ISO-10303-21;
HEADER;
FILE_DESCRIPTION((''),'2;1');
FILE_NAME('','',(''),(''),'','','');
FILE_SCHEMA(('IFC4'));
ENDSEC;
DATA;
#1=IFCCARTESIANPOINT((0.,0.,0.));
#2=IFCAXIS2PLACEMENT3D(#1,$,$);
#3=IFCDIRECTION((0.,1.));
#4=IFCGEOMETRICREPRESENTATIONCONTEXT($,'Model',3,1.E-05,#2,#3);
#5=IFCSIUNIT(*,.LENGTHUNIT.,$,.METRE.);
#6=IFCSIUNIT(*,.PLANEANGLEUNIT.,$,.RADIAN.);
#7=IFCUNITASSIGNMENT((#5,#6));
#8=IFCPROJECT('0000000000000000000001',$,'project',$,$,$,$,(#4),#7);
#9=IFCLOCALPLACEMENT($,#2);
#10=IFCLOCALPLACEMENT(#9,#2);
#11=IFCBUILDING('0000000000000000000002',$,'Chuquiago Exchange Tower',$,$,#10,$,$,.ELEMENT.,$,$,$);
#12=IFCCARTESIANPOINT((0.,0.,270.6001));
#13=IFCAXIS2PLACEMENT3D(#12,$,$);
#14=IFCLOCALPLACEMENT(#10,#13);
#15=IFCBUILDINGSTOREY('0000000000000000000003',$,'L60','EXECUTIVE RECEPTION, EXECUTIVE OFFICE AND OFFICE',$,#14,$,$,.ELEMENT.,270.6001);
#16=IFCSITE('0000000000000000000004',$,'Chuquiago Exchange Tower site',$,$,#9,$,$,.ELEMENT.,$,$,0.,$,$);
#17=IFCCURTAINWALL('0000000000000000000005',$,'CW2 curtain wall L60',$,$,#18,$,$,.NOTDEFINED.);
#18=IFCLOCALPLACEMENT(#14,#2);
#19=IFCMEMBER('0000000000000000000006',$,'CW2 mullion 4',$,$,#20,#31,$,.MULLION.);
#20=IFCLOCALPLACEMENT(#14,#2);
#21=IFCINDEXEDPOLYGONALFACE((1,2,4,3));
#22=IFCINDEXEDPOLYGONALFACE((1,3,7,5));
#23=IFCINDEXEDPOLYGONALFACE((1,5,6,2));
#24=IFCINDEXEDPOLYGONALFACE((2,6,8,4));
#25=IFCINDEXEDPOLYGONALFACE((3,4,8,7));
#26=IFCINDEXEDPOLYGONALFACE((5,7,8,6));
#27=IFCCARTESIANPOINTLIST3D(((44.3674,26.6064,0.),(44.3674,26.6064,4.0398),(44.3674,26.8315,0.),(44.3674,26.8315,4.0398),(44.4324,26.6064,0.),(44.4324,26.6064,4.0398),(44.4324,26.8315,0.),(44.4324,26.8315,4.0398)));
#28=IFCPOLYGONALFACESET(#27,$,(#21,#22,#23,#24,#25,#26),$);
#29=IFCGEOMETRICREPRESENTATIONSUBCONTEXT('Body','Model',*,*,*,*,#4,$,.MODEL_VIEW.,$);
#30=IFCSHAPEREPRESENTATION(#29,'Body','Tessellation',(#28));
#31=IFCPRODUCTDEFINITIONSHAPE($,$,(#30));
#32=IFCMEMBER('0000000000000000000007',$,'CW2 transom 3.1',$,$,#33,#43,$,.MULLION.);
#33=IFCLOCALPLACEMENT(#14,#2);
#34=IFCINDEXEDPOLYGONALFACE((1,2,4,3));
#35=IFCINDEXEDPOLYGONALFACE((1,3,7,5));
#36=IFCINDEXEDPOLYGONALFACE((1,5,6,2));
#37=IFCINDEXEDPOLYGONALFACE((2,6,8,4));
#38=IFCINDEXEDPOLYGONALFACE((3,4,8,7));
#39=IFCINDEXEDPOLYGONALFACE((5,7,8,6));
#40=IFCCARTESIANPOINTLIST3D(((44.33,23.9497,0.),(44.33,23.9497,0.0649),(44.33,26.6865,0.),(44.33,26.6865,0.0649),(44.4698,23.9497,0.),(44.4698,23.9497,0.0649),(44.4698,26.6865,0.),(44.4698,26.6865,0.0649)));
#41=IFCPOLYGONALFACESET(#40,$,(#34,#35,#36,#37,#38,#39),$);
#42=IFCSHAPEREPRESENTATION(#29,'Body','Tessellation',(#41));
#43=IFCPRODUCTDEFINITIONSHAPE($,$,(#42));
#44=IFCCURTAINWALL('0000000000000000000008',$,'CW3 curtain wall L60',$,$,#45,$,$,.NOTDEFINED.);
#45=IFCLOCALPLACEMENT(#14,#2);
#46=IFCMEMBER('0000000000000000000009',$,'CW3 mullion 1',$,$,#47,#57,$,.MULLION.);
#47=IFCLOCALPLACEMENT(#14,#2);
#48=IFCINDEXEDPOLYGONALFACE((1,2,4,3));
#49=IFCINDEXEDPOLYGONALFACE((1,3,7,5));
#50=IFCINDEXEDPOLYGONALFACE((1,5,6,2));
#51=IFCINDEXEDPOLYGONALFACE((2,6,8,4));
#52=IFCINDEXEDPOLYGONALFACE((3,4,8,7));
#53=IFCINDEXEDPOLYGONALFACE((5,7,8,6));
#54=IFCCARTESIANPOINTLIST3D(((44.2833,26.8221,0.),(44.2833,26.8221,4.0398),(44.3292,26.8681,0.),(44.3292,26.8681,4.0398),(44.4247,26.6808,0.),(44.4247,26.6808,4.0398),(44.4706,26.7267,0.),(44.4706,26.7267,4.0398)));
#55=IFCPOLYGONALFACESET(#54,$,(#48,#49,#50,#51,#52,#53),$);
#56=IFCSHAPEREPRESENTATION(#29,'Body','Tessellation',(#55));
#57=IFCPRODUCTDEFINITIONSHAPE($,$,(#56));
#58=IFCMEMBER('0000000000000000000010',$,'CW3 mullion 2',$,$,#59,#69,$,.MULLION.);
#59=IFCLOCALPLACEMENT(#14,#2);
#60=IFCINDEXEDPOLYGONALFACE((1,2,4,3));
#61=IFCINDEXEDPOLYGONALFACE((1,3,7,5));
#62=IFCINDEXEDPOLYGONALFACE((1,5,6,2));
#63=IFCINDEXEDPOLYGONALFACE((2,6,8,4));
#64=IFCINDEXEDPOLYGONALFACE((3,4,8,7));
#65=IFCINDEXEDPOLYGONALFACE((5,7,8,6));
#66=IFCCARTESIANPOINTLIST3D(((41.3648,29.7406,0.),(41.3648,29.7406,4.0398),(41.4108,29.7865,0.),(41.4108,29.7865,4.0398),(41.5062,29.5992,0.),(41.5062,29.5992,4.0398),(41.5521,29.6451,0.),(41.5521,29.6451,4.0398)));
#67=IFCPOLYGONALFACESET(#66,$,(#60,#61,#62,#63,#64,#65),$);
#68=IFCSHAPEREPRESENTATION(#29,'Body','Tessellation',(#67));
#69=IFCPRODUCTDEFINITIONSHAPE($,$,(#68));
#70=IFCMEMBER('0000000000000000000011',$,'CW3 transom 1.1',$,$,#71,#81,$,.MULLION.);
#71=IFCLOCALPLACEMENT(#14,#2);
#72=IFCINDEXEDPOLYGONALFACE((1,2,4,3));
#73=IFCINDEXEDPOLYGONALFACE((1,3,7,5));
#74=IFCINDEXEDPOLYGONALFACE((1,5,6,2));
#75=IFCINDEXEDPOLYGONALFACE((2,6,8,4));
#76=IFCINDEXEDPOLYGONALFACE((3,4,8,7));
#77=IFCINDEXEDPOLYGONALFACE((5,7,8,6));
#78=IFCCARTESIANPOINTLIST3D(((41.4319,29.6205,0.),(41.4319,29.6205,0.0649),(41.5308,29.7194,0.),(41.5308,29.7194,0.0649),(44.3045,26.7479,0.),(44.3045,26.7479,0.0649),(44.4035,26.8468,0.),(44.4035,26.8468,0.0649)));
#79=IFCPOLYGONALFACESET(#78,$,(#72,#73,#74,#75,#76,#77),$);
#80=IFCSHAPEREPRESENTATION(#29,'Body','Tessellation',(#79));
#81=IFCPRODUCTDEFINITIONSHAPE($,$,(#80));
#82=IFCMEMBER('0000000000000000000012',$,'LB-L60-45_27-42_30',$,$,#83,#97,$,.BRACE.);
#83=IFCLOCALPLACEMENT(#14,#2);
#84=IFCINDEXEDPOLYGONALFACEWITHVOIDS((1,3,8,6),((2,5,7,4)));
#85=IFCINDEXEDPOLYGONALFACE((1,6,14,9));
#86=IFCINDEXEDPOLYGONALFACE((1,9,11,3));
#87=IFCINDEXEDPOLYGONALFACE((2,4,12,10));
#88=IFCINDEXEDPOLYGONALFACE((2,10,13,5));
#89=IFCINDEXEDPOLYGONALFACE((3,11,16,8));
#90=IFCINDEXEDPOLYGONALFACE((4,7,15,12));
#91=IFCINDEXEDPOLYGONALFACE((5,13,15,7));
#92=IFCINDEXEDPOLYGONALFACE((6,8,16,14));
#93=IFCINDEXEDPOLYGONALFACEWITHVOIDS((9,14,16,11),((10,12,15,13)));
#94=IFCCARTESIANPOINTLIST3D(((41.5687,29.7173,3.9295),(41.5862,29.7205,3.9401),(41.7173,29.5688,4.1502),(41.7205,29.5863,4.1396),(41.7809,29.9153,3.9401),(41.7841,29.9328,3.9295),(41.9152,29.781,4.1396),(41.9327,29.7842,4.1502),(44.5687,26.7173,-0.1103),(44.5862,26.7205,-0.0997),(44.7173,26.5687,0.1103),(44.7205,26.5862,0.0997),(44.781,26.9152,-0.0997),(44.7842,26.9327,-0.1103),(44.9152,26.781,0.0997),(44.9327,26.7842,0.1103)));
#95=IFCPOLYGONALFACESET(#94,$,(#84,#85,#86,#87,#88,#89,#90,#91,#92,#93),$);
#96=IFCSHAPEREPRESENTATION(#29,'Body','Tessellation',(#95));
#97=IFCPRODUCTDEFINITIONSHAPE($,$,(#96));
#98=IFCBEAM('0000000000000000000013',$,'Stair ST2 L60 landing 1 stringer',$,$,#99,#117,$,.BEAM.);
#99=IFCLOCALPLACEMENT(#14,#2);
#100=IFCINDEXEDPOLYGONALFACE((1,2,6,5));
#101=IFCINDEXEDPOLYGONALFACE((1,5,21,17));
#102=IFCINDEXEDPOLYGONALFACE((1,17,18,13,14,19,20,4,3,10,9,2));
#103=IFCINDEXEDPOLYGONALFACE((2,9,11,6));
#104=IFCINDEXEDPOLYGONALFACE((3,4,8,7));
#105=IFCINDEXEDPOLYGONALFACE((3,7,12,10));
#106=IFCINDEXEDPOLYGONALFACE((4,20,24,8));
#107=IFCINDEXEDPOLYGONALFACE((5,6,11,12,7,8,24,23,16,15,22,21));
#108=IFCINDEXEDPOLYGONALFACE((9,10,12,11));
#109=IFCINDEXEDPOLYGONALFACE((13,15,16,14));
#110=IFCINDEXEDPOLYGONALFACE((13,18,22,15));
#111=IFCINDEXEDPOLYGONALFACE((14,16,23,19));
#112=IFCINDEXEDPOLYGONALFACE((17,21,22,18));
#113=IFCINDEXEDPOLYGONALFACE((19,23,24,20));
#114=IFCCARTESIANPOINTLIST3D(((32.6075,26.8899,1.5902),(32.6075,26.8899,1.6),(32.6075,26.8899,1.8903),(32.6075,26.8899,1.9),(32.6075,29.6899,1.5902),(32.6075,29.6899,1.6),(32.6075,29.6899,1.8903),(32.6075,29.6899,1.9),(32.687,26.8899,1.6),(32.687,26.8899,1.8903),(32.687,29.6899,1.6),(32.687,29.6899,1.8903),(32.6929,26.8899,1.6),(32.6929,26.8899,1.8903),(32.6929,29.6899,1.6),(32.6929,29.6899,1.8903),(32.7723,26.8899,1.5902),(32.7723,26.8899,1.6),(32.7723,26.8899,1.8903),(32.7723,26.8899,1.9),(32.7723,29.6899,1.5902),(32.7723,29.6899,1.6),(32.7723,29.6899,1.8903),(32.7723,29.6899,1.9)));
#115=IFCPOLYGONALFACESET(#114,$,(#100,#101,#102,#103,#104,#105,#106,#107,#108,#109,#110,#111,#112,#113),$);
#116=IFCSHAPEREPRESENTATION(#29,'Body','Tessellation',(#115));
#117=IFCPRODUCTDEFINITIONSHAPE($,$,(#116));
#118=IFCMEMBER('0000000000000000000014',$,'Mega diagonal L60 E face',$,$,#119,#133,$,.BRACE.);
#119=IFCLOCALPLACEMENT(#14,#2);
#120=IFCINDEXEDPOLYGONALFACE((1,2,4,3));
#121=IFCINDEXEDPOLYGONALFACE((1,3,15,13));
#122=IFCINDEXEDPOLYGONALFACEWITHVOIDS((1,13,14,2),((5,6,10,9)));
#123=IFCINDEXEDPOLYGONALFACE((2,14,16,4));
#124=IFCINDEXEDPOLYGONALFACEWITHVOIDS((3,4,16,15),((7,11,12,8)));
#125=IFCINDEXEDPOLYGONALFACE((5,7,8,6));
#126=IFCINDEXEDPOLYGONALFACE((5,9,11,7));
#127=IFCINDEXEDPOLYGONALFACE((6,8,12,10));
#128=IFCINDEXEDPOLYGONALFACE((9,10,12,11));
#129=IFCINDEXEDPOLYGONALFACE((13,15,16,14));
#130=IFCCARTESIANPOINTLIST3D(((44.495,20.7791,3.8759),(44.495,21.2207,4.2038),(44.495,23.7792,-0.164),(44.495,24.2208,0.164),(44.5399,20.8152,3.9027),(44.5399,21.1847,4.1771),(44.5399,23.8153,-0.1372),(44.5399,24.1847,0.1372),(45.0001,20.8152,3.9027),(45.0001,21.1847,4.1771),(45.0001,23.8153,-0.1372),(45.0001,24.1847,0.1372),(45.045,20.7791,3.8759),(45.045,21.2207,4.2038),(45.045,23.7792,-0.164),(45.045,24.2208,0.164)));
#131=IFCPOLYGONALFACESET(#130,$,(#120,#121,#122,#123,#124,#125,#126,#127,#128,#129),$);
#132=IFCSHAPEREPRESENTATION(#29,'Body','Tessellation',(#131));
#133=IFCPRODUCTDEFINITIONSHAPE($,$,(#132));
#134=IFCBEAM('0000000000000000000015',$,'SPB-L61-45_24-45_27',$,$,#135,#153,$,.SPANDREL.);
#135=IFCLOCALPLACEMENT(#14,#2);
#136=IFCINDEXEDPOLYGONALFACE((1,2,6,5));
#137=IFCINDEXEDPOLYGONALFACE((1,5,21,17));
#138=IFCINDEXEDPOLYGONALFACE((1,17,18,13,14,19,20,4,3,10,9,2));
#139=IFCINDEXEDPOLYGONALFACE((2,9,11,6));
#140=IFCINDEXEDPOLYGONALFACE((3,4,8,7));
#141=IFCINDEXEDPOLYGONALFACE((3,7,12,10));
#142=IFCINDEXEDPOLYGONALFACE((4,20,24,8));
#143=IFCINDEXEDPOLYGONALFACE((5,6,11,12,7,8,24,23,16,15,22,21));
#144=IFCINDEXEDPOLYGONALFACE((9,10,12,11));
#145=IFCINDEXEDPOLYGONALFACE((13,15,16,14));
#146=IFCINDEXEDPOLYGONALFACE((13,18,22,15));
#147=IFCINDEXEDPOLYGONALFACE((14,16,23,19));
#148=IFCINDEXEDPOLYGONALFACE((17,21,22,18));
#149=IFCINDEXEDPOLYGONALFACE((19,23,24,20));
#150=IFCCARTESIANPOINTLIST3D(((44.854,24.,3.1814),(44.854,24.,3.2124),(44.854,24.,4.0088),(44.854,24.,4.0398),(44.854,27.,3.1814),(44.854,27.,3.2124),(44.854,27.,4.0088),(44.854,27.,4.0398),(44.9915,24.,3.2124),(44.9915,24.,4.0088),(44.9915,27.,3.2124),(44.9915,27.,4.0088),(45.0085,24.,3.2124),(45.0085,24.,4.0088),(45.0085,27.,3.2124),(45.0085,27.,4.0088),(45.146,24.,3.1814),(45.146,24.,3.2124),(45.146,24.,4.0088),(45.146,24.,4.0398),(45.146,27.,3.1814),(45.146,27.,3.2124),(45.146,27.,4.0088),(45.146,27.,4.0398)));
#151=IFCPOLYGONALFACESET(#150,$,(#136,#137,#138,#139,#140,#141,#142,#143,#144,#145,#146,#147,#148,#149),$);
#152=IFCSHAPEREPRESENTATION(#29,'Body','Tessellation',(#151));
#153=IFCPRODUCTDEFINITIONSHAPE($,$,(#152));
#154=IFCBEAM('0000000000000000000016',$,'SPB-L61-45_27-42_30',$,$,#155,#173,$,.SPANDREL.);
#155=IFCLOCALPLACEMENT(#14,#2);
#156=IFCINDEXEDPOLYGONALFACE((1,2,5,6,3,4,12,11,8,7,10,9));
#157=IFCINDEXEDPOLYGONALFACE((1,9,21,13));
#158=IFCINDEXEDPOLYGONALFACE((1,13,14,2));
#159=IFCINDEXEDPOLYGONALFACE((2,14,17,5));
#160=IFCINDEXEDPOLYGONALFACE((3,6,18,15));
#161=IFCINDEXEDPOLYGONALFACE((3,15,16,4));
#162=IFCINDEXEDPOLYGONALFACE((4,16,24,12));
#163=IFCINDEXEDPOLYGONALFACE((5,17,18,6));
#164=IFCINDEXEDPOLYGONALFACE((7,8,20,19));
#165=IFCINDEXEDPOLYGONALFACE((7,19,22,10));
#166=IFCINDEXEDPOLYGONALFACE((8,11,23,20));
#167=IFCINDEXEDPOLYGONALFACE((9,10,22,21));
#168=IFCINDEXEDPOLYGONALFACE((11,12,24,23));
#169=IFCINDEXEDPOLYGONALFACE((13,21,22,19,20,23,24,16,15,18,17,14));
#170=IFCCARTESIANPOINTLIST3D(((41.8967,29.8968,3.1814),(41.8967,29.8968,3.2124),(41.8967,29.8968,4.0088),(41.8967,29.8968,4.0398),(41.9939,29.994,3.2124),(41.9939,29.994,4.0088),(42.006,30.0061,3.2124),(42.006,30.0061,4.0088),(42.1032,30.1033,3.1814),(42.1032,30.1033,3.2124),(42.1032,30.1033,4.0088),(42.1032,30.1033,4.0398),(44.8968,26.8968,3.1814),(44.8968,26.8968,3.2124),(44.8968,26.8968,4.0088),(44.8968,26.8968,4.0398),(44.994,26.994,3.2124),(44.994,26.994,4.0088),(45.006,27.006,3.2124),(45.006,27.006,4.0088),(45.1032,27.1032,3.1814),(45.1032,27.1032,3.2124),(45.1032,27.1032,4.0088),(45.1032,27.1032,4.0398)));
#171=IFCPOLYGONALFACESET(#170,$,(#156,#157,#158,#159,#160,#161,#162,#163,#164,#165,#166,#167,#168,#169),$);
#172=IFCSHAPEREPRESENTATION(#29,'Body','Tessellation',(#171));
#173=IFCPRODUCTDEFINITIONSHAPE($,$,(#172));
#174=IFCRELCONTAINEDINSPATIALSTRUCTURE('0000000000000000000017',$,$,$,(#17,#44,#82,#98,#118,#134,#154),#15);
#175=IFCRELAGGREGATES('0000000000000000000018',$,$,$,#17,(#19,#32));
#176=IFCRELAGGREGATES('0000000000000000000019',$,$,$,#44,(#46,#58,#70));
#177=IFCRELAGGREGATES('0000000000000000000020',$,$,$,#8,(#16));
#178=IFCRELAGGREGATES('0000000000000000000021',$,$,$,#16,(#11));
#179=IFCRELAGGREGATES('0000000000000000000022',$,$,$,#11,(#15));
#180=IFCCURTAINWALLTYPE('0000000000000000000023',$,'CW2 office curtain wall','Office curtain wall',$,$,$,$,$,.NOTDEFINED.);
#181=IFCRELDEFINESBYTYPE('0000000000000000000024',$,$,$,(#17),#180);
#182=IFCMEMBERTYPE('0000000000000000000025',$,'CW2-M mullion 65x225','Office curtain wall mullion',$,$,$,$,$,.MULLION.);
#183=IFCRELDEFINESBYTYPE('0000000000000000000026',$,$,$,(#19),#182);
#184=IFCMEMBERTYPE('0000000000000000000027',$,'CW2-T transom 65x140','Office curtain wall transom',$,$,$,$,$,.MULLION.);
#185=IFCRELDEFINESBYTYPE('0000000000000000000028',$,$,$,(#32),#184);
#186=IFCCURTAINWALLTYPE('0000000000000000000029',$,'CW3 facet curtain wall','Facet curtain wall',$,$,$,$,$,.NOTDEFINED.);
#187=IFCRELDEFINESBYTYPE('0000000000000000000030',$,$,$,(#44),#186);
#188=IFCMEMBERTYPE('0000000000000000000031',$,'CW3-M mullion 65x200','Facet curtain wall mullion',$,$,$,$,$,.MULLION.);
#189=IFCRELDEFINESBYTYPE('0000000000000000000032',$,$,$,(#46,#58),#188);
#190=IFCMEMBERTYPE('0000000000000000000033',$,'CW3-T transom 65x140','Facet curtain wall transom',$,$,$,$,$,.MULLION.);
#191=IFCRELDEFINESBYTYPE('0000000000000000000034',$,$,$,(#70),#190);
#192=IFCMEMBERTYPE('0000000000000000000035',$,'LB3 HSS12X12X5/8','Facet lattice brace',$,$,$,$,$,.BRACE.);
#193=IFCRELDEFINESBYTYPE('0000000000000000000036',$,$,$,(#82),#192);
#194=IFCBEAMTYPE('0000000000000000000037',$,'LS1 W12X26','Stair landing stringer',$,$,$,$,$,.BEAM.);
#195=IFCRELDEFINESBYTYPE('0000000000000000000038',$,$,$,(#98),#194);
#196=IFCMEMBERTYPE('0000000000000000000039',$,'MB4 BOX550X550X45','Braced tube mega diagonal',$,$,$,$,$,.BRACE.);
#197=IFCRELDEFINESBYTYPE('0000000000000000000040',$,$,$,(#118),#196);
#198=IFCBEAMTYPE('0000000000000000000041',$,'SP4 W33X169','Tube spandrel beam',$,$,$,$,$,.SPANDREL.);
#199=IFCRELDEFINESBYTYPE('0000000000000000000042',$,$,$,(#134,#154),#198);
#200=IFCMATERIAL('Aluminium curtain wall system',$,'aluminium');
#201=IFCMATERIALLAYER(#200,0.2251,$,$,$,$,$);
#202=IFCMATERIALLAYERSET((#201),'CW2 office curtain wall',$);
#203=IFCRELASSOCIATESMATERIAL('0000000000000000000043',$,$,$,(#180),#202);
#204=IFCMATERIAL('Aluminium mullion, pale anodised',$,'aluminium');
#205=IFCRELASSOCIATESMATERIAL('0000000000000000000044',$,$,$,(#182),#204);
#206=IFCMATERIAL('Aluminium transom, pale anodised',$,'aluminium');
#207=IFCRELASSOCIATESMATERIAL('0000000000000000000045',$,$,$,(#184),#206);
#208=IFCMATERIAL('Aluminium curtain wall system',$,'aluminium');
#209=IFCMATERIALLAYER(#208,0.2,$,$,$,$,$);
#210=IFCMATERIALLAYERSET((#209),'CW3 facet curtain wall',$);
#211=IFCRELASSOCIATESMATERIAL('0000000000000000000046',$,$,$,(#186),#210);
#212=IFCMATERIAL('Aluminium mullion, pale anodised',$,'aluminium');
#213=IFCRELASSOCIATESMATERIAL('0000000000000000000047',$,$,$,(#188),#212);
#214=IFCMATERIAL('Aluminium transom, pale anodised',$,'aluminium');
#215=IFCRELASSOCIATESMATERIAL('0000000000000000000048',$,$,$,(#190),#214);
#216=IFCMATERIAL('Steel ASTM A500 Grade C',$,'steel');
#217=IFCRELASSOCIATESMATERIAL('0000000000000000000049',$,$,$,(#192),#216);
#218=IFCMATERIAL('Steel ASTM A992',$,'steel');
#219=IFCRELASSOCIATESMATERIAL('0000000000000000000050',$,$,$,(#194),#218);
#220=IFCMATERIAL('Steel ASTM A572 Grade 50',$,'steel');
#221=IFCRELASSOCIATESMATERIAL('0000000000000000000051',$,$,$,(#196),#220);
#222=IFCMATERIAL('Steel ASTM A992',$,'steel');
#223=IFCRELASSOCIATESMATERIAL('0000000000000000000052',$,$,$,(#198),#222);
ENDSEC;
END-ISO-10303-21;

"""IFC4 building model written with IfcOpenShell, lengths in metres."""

from ifc_helpers import new_model, si_unit, direction, frame, origin, origin_2d, place, context, subcontext, project, spatial, rectangle, hollow_rectangle, i_section, extrude, material, layer, layer_set, material_profile, profile_set, type_object, element, aggregate, save


model = new_model("IFC4")

# Units and contexts
model_context = context("Model", 3, precision=1e-05, world=origin(), true_north=direction((0.0, 1.0)))
body_context = subcontext(model_context, "Body", "Model", "MODEL_VIEW")
ifc_project = project(units=[si_unit("LENGTHUNIT", "METRE"), si_unit("PLANEANGLEUNIT", "RADIAN")], contexts=[model_context])

# Site, building, storey
site_placement = place(None, origin())
site = spatial("IfcSite", under=ifc_project, at=site_placement, Name="Chuquiago Exchange Tower site", CompositionType="ELEMENT", RefElevation=0.0)
building_placement = place(site_placement, origin())
building = spatial("IfcBuilding", under=site, at=building_placement, Name="Chuquiago Exchange Tower", CompositionType="ELEMENT")
storey_placement = place(building_placement, frame((0.0, 0.0, 270.6001)))
storey = spatial("IfcBuildingStorey", under=building, at=storey_placement, Name="L60", Description="EXECUTIVE RECEPTION, EXECUTIVE OFFICE AND OFFICE", CompositionType="ELEMENT", Elevation=270.6001)

# Curtain walls, members
ifc_material_1 = material(Name="Aluminium curtain wall system", Category="aluminium")
ifc_layer_1 = layer(ifc_material_1, 0.2251)
ifc_layer_set_1 = layer_set([ifc_layer_1], Name="CW2 office curtain wall")
curtain_wall_type_1 = type_object("IfcCurtainWallType", Name="CW2 office curtain wall", Description="Office curtain wall", PredefinedType="NOTDEFINED", material=ifc_layer_set_1)
curtain_wall_1_placement = place(storey_placement, origin())
curtain_wall_1 = element("IfcCurtainWall", 1, at=curtain_wall_1_placement, inside=storey, type_object=curtain_wall_type_1, Name="CW2 curtain wall L60", PredefinedType="NOTDEFINED")
ifc_material_2 = material(Name="Aluminium mullion, pale anodised", Category="aluminium")
ifc_material_profile_1 = material_profile(ifc_material_2, rectangle(XDim=0.0649, YDim=0.2251, at=origin_2d()), Name="AL 65x225")
ifc_profile_set_1 = profile_set([ifc_material_profile_1], Name="Aluminium mullion, pale anodised")
member_type_1 = type_object("IfcMemberType", Name="CW2-M mullion 65x225", Description="Office curtain wall mullion", PredefinedType="MULLION", material=ifc_profile_set_1)
member_1_placement = place(storey_placement, frame((44.3999, 26.719, 0.0), z_axis=(0.0, 0.0, 1.0), x_axis=(-1.0, 0.0, 0.0)))
member_1 = element("IfcMember", 2, at=member_1_placement, type_object=member_type_1, Name="CW2 mullion 4", PredefinedType="MULLION", context=body_context, shape_type="SweptSolid", body=[
    extrude(rectangle(XDim=0.0649, YDim=0.2251, at=origin_2d()), origin(), (0.0, 0.0, 1.0), 4.0398),
])
ifc_material_3 = material(Name="Aluminium transom, pale anodised", Category="aluminium")
ifc_material_profile_2 = material_profile(ifc_material_3, rectangle(XDim=0.1399, YDim=0.0649, at=origin_2d()), Name="AL 140x65")
ifc_profile_set_2 = profile_set([ifc_material_profile_2], Name="Aluminium transom, pale anodised")
member_type_2 = type_object("IfcMemberType", Name="CW2-T transom 65x140", Description="Office curtain wall transom", PredefinedType="MULLION", material=ifc_profile_set_2)
member_2_placement = place(storey_placement, frame((44.3999, 23.9497, 0.0325), z_axis=(0.0, 1.0, 0.0), x_axis=(-1.0, 0.0, 0.0)))
member_2 = element("IfcMember", 3, at=member_2_placement, type_object=member_type_2, Name="CW2 transom 3.1", PredefinedType="MULLION", context=body_context, shape_type="SweptSolid", body=[
    extrude(rectangle(XDim=0.1399, YDim=0.0649, at=origin_2d()), origin(), (0.0, 0.0, 1.0), 2.7368),
])
ifc_material_4 = material(Name="Aluminium curtain wall system", Category="aluminium")
ifc_layer_2 = layer(ifc_material_4, 0.2)
ifc_layer_set_2 = layer_set([ifc_layer_2], Name="CW3 facet curtain wall")
curtain_wall_type_2 = type_object("IfcCurtainWallType", Name="CW3 facet curtain wall", Description="Facet curtain wall", PredefinedType="NOTDEFINED", material=ifc_layer_set_2)
curtain_wall_2_placement = place(storey_placement, origin())
curtain_wall_2 = element("IfcCurtainWall", 4, at=curtain_wall_2_placement, inside=storey, type_object=curtain_wall_type_2, Name="CW3 curtain wall L60", PredefinedType="NOTDEFINED")
ifc_material_5 = material(Name="Aluminium mullion, pale anodised", Category="aluminium")
ifc_material_profile_3 = material_profile(ifc_material_5, rectangle(XDim=0.0649, YDim=0.2, at=origin_2d()), Name="AL 65x200")
ifc_profile_set_3 = profile_set([ifc_material_profile_3], Name="Aluminium mullion, pale anodised")
member_type_3 = type_object("IfcMemberType", Name="CW3-M mullion 65x200", Description="Facet curtain wall mullion", PredefinedType="MULLION", material=ifc_profile_set_3)
member_3_placement = place(storey_placement, frame((44.377, 26.7744, 0.0), z_axis=(0.0, 0.0, 1.0), x_axis=(-0.707107, -0.707107, 0.0)))
member_3 = element("IfcMember", 5, at=member_3_placement, type_object=member_type_3, Name="CW3 mullion 1", PredefinedType="MULLION", context=body_context, shape_type="SweptSolid", body=[
    extrude(rectangle(XDim=0.0649, YDim=0.2, at=origin_2d()), origin(), (0.0, 0.0, 1.0), 4.0398),
])
member_4_placement = place(storey_placement, frame((41.4585, 29.6929, 0.0), z_axis=(0.0, 0.0, 1.0), x_axis=(-0.707107, -0.707107, 0.0)))
member_4 = element("IfcMember", 6, at=member_4_placement, type_object=member_type_3, Name="CW3 mullion 2", PredefinedType="MULLION", context=body_context, shape_type="SweptSolid", body=[
    extrude(rectangle(XDim=0.0649, YDim=0.2, at=origin_2d()), origin(), (0.0, 0.0, 1.0), 4.0398),
])
ifc_material_6 = material(Name="Aluminium transom, pale anodised", Category="aluminium")
ifc_material_profile_4 = material_profile(ifc_material_6, rectangle(XDim=0.1399, YDim=0.0649, at=origin_2d()), Name="AL 140x65")
ifc_profile_set_4 = profile_set([ifc_material_profile_4], Name="Aluminium transom, pale anodised")
member_type_4 = type_object("IfcMemberType", Name="CW3-T transom 65x140", Description="Facet curtain wall transom", PredefinedType="MULLION", material=ifc_profile_set_4)
member_5_placement = place(storey_placement, frame((44.354, 26.7974, 0.0325), z_axis=(-0.707107, 0.707107, 0.0), x_axis=(-0.707107, -0.707107, 0.0)))
member_5 = element("IfcMember", 7, at=member_5_placement, type_object=member_type_4, Name="CW3 transom 1.1", PredefinedType="MULLION", context=body_context, shape_type="SweptSolid", body=[
    extrude(rectangle(XDim=0.1399, YDim=0.0649, at=origin_2d()), origin(), (0.0, 0.0, 1.0), 4.0625),
])

# Member
ifc_material_7 = material(Name="Steel ASTM A500 Grade C", Category="steel")
ifc_material_profile_5 = material_profile(ifc_material_7, hollow_rectangle(XDim=0.3047, YDim=0.3047, WallThickness=0.0146, at=origin_2d()), Name="HSS12X12X5/8")
ifc_profile_set_5 = profile_set([ifc_material_profile_5], Name="Steel ASTM A500 Grade C")
member_type_5 = type_object("IfcMemberType", Name="LB3 HSS12X12X5/8", Description="Facet lattice brace", PredefinedType="BRACE", material=ifc_profile_set_5)
member_6_placement = place(storey_placement, frame((44.7507, 26.7507, 0.0), z_axis=(-0.512092, 0.512092, 0.689582), x_axis=(-0.707107, -0.707107, 0.0)))
element("IfcMember", 8, at=member_6_placement, inside=storey, type_object=member_type_5, Name="LB-L60-45_27-42_30", PredefinedType="BRACE", context=body_context, shape_type="SweptSolid", body=[
    extrude(hollow_rectangle(XDim=0.3047, YDim=0.3047, WallThickness=0.0146, at=origin_2d()), origin(), (0.0, 0.0, 1.0), 5.8584),
])

# Beam
ifc_material_8 = material(Name="Steel ASTM A992", Category="steel")
ifc_material_profile_6 = material_profile(ifc_material_8, i_section(OverallWidth=0.1648, OverallDepth=0.3098, WebThickness=0.0059, FlangeThickness=0.0098, at=origin_2d()), Name="W12X26")
ifc_profile_set_6 = profile_set([ifc_material_profile_6], Name="Steel ASTM A992")
beam_type_1 = type_object("IfcBeamType", Name="LS1 W12X26", Description="Stair landing stringer", PredefinedType="BEAM", material=ifc_profile_set_6)
beam_1_placement = place(storey_placement, frame((32.6899, 26.8899, 1.7451), z_axis=(0.0, 1.0, 0.0), x_axis=(-1.0, 0.0, 0.0)))
element("IfcBeam", 9, at=beam_1_placement, inside=storey, type_object=beam_type_1, Name="Stair ST2 L60 landing 1 stringer", PredefinedType="BEAM", context=body_context, shape_type="SweptSolid", body=[
    extrude(i_section(OverallWidth=0.1648, OverallDepth=0.3098, WebThickness=0.0059, FlangeThickness=0.0098, at=origin_2d()), origin(), (0.0, 0.0, 1.0), 2.8),
])

# Member
ifc_material_9 = material(Name="Steel ASTM A572 Grade 50", Category="steel")
ifc_material_profile_7 = material_profile(ifc_material_9, hollow_rectangle(XDim=0.55, YDim=0.55, WallThickness=0.0449, at=origin_2d()), Name="BOX550X550X45")
ifc_profile_set_7 = profile_set([ifc_material_profile_7], Name="Steel ASTM A572 Grade 50")
member_type_6 = type_object("IfcMemberType", Name="MB4 BOX550X550X45", Description="Braced tube mega diagonal", PredefinedType="BRACE", material=ifc_profile_set_7)
member_7_placement = place(storey_placement, frame((44.77, 24.0, 0.0), z_axis=(0.0, -0.596197, 0.802838), x_axis=(1.0, 0.0, 0.0)))
element("IfcMember", 10, at=member_7_placement, inside=storey, type_object=member_type_6, Name="Mega diagonal L60 E face", PredefinedType="BRACE", context=body_context, shape_type="SweptSolid", body=[
    extrude(hollow_rectangle(XDim=0.55, YDim=0.55, WallThickness=0.0449, at=origin_2d()), origin(), (0.0, 0.0, 1.0), 5.032),
])

# Beams
ifc_material_10 = material(Name="Steel ASTM A992", Category="steel")
ifc_material_profile_8 = material_profile(ifc_material_10, i_section(OverallWidth=0.292, OverallDepth=0.8584, WebThickness=0.0171, FlangeThickness=0.031, at=origin_2d()), Name="W33X169")
ifc_profile_set_8 = profile_set([ifc_material_profile_8], Name="Steel ASTM A992")
beam_type_2 = type_object("IfcBeamType", Name="SP4 W33X169", Description="Tube spandrel beam", PredefinedType="SPANDREL", material=ifc_profile_set_8)
beam_2_placement = place(storey_placement, frame((45.0, 24.0, 3.6106), z_axis=(0.0, 1.0, 0.0), x_axis=(-1.0, 0.0, 0.0)))
element("IfcBeam", 11, at=beam_2_placement, inside=storey, type_object=beam_type_2, Name="SPB-L61-45_24-45_27", PredefinedType="SPANDREL", context=body_context, shape_type="SweptSolid", body=[
    extrude(i_section(OverallWidth=0.292, OverallDepth=0.8584, WebThickness=0.0171, FlangeThickness=0.031, at=origin_2d()), origin(), (0.0, 0.0, 1.0), 3.0),
])
beam_3_placement = place(storey_placement, frame((45.0, 27.0, 3.6106), z_axis=(-0.707107, 0.707107, 0.0), x_axis=(-0.707107, -0.707107, 0.0)))
element("IfcBeam", 12, at=beam_3_placement, inside=storey, type_object=beam_type_2, Name="SPB-L61-45_27-42_30", PredefinedType="SPANDREL", context=body_context, shape_type="SweptSolid", body=[
    extrude(i_section(OverallWidth=0.292, OverallDepth=0.8584, WebThickness=0.0171, FlangeThickness=0.031, at=origin_2d()), origin(), (0.0, 0.0, 1.0), 4.2427),
])

aggregate(curtain_wall_1, [member_1, member_2])
aggregate(curtain_wall_2, [member_3, member_4, member_5])

save(model, "model.ifc")
